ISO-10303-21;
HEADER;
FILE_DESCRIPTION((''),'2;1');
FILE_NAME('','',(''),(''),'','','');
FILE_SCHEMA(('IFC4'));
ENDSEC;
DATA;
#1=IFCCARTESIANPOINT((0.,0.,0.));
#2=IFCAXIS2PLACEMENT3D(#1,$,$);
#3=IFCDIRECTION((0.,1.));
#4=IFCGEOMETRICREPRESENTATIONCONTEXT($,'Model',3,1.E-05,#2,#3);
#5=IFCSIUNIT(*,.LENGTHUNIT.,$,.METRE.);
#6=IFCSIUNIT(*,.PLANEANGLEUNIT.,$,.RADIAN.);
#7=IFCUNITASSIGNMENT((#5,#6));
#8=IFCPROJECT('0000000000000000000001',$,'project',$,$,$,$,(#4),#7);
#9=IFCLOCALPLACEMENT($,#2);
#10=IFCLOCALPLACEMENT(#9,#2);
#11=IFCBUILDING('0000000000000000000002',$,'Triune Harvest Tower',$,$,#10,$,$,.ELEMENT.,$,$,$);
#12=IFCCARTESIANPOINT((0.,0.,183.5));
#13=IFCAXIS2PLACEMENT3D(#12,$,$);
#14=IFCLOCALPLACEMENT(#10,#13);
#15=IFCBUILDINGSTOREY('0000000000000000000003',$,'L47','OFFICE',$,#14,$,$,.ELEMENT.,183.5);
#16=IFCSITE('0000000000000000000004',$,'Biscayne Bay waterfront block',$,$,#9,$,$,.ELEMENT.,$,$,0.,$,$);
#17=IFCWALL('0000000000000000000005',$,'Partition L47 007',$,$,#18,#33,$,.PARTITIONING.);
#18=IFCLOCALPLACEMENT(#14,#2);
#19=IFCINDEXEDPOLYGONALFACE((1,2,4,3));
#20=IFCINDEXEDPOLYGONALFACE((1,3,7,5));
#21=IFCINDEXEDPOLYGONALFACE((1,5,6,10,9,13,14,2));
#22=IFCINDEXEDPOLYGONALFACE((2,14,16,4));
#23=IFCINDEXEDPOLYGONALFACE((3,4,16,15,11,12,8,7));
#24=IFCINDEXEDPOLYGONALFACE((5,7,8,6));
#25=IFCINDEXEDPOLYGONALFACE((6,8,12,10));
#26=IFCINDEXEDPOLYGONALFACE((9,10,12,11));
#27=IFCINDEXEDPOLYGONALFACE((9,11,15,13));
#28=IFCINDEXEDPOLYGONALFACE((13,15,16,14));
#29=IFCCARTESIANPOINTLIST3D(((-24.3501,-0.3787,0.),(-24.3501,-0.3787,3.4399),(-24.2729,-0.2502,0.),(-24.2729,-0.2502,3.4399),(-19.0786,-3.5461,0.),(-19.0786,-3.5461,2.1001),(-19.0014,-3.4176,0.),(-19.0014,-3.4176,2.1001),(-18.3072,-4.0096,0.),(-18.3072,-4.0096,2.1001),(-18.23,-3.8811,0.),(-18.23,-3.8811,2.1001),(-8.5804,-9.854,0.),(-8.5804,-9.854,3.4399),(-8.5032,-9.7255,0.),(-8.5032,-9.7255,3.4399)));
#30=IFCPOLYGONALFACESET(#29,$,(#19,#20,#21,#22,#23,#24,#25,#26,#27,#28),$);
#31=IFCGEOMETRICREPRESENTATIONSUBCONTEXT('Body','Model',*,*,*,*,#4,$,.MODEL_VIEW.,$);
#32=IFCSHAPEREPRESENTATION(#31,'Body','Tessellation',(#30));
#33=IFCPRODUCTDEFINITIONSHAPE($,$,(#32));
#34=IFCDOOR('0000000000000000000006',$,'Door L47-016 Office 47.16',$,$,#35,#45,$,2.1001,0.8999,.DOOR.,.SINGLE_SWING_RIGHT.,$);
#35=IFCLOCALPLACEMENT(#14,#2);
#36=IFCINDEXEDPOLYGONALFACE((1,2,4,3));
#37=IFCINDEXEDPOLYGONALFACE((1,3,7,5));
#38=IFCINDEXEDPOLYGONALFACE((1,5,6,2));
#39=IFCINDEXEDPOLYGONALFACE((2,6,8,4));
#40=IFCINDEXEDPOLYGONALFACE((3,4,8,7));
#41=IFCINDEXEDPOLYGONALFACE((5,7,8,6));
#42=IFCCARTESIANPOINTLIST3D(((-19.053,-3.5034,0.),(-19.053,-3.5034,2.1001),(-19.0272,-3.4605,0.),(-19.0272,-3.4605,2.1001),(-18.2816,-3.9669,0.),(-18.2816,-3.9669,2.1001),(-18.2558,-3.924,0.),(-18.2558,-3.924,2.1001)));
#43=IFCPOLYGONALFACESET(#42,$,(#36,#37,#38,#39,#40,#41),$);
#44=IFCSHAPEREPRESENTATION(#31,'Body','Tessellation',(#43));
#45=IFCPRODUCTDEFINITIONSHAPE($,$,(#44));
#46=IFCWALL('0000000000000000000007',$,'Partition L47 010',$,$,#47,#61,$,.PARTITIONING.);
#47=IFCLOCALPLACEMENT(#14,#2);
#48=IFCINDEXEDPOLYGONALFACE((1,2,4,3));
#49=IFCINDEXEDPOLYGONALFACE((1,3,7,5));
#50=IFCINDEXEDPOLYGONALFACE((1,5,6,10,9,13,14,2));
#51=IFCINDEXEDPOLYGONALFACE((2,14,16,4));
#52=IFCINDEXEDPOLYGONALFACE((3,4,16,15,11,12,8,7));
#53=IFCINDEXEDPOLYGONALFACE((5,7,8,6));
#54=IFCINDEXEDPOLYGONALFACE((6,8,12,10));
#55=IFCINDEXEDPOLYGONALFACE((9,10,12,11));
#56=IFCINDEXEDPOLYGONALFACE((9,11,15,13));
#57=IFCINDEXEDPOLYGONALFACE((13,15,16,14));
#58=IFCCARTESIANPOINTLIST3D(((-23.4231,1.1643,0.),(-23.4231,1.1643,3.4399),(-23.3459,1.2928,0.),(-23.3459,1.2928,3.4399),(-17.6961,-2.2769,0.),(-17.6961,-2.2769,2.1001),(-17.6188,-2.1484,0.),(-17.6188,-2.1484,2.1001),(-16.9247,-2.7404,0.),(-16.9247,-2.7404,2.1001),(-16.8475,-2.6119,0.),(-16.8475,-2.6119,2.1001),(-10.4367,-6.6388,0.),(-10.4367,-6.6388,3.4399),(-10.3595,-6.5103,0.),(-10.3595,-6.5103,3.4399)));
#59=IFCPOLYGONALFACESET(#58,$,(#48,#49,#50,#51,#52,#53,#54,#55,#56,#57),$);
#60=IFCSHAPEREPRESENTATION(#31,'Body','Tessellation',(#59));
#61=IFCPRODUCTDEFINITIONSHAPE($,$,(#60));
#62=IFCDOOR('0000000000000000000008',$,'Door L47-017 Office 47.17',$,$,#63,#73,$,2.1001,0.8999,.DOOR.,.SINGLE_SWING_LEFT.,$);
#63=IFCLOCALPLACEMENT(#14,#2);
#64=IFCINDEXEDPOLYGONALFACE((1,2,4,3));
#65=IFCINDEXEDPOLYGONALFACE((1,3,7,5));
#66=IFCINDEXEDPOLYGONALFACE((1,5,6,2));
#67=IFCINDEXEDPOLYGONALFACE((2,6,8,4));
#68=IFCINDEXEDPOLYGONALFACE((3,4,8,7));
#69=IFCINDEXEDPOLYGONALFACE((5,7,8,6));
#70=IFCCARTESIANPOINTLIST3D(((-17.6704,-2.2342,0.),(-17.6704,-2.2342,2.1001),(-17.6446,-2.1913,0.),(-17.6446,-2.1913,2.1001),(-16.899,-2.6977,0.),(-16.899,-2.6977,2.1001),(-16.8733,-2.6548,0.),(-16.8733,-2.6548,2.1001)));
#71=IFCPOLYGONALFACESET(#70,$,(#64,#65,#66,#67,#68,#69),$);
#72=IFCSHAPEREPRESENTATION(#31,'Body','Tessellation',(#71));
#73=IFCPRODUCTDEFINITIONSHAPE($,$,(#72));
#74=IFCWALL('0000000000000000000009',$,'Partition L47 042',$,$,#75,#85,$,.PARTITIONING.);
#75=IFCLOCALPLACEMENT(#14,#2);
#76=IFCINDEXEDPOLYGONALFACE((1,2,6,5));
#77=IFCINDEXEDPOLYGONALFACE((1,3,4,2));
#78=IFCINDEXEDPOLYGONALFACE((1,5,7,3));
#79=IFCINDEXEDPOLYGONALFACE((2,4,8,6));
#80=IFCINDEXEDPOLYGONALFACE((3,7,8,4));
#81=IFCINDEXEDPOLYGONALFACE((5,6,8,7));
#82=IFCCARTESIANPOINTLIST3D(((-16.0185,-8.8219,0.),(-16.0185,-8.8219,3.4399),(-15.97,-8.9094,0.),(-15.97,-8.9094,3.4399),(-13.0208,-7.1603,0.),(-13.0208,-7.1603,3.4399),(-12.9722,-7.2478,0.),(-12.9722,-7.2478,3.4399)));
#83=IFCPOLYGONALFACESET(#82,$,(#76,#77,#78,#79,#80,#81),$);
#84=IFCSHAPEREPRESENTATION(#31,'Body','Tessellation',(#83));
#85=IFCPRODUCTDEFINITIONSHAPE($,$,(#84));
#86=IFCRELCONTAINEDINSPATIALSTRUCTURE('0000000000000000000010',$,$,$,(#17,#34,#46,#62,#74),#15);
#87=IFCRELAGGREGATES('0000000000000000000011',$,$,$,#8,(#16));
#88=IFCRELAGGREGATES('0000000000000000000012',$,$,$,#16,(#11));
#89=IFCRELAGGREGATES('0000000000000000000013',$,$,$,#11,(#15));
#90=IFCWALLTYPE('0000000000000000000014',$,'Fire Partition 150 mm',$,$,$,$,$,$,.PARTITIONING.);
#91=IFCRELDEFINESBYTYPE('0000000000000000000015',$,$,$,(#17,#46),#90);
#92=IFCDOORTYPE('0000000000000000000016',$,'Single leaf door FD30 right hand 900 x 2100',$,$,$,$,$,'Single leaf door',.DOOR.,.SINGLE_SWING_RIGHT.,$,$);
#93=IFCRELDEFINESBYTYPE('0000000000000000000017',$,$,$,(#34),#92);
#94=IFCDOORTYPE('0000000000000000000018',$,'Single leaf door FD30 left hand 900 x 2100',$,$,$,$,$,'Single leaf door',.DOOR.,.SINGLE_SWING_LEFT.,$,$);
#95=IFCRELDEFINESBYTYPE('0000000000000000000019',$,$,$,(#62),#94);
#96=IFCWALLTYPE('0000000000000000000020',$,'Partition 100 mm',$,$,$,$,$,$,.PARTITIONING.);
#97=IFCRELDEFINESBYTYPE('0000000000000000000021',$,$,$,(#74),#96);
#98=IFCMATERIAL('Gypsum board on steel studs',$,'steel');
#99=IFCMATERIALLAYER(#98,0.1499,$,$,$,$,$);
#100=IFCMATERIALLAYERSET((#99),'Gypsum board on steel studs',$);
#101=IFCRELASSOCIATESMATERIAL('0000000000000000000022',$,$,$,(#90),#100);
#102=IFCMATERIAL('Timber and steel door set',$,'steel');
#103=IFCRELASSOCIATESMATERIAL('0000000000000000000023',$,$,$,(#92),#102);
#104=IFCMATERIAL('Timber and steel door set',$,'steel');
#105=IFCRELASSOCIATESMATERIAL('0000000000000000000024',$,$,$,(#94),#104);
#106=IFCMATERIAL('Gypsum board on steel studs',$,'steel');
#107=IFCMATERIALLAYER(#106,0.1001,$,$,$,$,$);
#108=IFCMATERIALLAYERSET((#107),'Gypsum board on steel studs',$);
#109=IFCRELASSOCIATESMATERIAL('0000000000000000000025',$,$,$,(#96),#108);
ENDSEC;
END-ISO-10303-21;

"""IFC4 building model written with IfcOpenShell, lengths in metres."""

from ifc_helpers import new_model, si_unit, direction, frame, frame_2d, origin, place, context, subcontext, project, spatial, rectangle, extrude, source, transform, mapped, material, layer, layer_set, type_object, element, fill, save


model = new_model("IFC4")

# Units and contexts
model_context = context("Model", 3, precision=1e-05, world=origin(), true_north=direction((0.0, 1.0)))
body_context = subcontext(model_context, "Body", "Model", "MODEL_VIEW")
ifc_project = project(units=[si_unit("LENGTHUNIT", "METRE"), si_unit("PLANEANGLEUNIT", "RADIAN")], contexts=[model_context])

# Site, building, storey
site_placement = place(None, origin())
site = spatial("IfcSite", under=ifc_project, at=site_placement, Name="Biscayne Bay waterfront block", CompositionType="ELEMENT", RefElevation=0.0)
building_placement = place(site_placement, origin())
building = spatial("IfcBuilding", under=site, at=building_placement, Name="Triune Harvest Tower", CompositionType="ELEMENT")
storey_placement = place(building_placement, frame((0.0, 0.0, 183.5)))
storey = spatial("IfcBuildingStorey", under=building, at=storey_placement, Name="L47", Description="OFFICE", CompositionType="ELEMENT", Elevation=183.5)

# Walls, openings, doors
ifc_material_1 = material(Name="Gypsum board on steel studs", Category="steel")
ifc_layer_1 = layer(ifc_material_1, 0.1499)
ifc_layer_set_1 = layer_set([ifc_layer_1], Name="Gypsum board on steel studs")
wall_type_1 = type_object("IfcWallType", Name="Fire Partition 150 mm", PredefinedType="PARTITIONING", material=ifc_layer_set_1)
shared_shape_1 = source(origin(), body_context, "Body", "SweptSolid", [
    extrude(rectangle(XDim=18.3975, YDim=0.1499, at=frame_2d((9.1987, 0.0))), origin(), (0.0, 0.0, 1.0), 3.4399),
])
wall_1_placement = place(storey_placement, frame((-24.3115, -0.3145, 0.0), z_axis=(0.0, 0.0, 1.0), x_axis=(0.85717, -0.515034, 0.0)))
wall_1 = element("IfcWall", 1, at=wall_1_placement, inside=storey, type_object=wall_type_1, Name="Partition L47 007", PredefinedType="PARTITIONING", context=body_context, shape_type="MappedRepresentation", body=[
    mapped(shared_shape_1, transform((0.0, 0.0, 0.0), scale=1.0)),
])
opening_1_placement = place(wall_1_placement, frame((6.1499, 0.0, 0.0)))
opening_1 = element("IfcOpeningElement", 2, at=opening_1_placement, cuts=wall_1, PredefinedType="OPENING", context=body_context, shape_type="SweptSolid", body=[
    extrude(rectangle(XDim=0.8999, YDim=2.1001, at=frame_2d((0.45, 1.05))), frame((0.0, 0.085, 0.0), z_axis=(0.0, -1.0, 0.0), x_axis=(1.0, 0.0, 0.0)), (0.0, 0.0, 1.0), 0.1699),
])
ifc_material_2 = material(Name="Timber and steel door set", Category="steel")
door_type_1 = type_object("IfcDoorType", Name="Single leaf door FD30 right hand 900 x 2100", ElementType="Single leaf door", OperationType="SINGLE_SWING_RIGHT", PredefinedType="DOOR", material=ifc_material_2)
door_1_placement = place(opening_1_placement, origin())
door_1 = element("IfcDoor", 3, at=door_1_placement, inside=storey, type_object=door_type_1, Name="Door L47-016 Office 47.16", OperationType="SINGLE_SWING_RIGHT", OverallHeight=2.1001, OverallWidth=0.8999, PredefinedType="DOOR", context=body_context, shape_type="SweptSolid", body=[
    extrude(rectangle(XDim=0.8999, YDim=2.1001, at=frame_2d((0.45, 1.05))), frame((0.0, 0.0249, 0.0), z_axis=(0.0, -1.0, 0.0), x_axis=(1.0, 0.0, 0.0)), (0.0, 0.0, 1.0), 0.05),
])
fill(opening_1, door_1)
shared_shape_2 = source(origin(), body_context, "Body", "SweptSolid", [
    extrude(rectangle(XDim=15.1504, YDim=0.1499, at=frame_2d((7.5752, 0.0))), origin(), (0.0, 0.0, 1.0), 3.4399),
])
wall_2_placement = place(storey_placement, frame((-23.3845, 1.2285, 0.0), z_axis=(0.0, 0.0, 1.0), x_axis=(0.857167, -0.515038, 0.0)))
wall_2 = element("IfcWall", 4, at=wall_2_placement, inside=storey, type_object=wall_type_1, Name="Partition L47 010", PredefinedType="PARTITIONING", context=body_context, shape_type="MappedRepresentation", body=[
    mapped(shared_shape_2, transform((0.0, 0.0, 0.0), scale=1.0)),
])
opening_2_placement = place(wall_2_placement, frame((6.6814, 0.0, 0.0)))
opening_2 = element("IfcOpeningElement", 5, at=opening_2_placement, cuts=wall_2, PredefinedType="OPENING", context=body_context, shape_type="SweptSolid", body=[
    extrude(rectangle(XDim=0.8999, YDim=2.1001, at=frame_2d((0.45, 1.05))), frame((0.0, 0.085, 0.0), z_axis=(0.0, -1.0, 0.0), x_axis=(1.0, 0.0, 0.0)), (0.0, 0.0, 1.0), 0.1699),
])
ifc_material_3 = material(Name="Timber and steel door set", Category="steel")
door_type_2 = type_object("IfcDoorType", Name="Single leaf door FD30 left hand 900 x 2100", ElementType="Single leaf door", OperationType="SINGLE_SWING_LEFT", PredefinedType="DOOR", material=ifc_material_3)
door_2_placement = place(opening_2_placement, origin())
door_2 = element("IfcDoor", 6, at=door_2_placement, inside=storey, type_object=door_type_2, Name="Door L47-017 Office 47.17", OperationType="SINGLE_SWING_LEFT", OverallHeight=2.1001, OverallWidth=0.8999, PredefinedType="DOOR", context=body_context, shape_type="SweptSolid", body=[
    extrude(rectangle(XDim=0.8999, YDim=2.1001, at=frame_2d((0.45, 1.05))), frame((0.0, 0.0249, 0.0), z_axis=(0.0, -1.0, 0.0), x_axis=(1.0, 0.0, 0.0)), (0.0, 0.0, 1.0), 0.05),
])
fill(opening_2, door_2)

# Wall
ifc_material_4 = material(Name="Gypsum board on steel studs", Category="steel")
ifc_layer_2 = layer(ifc_material_4, 0.1001)
ifc_layer_set_2 = layer_set([ifc_layer_2], Name="Gypsum board on steel studs")
wall_type_2 = type_object("IfcWallType", Name="Partition 100 mm", PredefinedType="PARTITIONING", material=ifc_layer_set_2)
shared_shape_3 = source(origin(), body_context, "Body", "SweptSolid", [
    extrude(rectangle(XDim=3.4275, YDim=0.1001, at=frame_2d((1.7139, 0.0))), origin(), (0.0, 0.0, 1.0), 3.4399),
])
wall_3_placement = place(storey_placement, frame((-15.9944, -8.8657, 0.0), z_axis=(0.0, 0.0, 1.0), x_axis=(0.874631, 0.48479, 0.0)))
element("IfcWall", 7, at=wall_3_placement, inside=storey, type_object=wall_type_2, Name="Partition L47 042", PredefinedType="PARTITIONING", context=body_context, shape_type="MappedRepresentation", body=[
    mapped(shared_shape_3, transform((0.0, 0.0, 0.0), scale=1.0)),
])

save(model, "model.ifc")
